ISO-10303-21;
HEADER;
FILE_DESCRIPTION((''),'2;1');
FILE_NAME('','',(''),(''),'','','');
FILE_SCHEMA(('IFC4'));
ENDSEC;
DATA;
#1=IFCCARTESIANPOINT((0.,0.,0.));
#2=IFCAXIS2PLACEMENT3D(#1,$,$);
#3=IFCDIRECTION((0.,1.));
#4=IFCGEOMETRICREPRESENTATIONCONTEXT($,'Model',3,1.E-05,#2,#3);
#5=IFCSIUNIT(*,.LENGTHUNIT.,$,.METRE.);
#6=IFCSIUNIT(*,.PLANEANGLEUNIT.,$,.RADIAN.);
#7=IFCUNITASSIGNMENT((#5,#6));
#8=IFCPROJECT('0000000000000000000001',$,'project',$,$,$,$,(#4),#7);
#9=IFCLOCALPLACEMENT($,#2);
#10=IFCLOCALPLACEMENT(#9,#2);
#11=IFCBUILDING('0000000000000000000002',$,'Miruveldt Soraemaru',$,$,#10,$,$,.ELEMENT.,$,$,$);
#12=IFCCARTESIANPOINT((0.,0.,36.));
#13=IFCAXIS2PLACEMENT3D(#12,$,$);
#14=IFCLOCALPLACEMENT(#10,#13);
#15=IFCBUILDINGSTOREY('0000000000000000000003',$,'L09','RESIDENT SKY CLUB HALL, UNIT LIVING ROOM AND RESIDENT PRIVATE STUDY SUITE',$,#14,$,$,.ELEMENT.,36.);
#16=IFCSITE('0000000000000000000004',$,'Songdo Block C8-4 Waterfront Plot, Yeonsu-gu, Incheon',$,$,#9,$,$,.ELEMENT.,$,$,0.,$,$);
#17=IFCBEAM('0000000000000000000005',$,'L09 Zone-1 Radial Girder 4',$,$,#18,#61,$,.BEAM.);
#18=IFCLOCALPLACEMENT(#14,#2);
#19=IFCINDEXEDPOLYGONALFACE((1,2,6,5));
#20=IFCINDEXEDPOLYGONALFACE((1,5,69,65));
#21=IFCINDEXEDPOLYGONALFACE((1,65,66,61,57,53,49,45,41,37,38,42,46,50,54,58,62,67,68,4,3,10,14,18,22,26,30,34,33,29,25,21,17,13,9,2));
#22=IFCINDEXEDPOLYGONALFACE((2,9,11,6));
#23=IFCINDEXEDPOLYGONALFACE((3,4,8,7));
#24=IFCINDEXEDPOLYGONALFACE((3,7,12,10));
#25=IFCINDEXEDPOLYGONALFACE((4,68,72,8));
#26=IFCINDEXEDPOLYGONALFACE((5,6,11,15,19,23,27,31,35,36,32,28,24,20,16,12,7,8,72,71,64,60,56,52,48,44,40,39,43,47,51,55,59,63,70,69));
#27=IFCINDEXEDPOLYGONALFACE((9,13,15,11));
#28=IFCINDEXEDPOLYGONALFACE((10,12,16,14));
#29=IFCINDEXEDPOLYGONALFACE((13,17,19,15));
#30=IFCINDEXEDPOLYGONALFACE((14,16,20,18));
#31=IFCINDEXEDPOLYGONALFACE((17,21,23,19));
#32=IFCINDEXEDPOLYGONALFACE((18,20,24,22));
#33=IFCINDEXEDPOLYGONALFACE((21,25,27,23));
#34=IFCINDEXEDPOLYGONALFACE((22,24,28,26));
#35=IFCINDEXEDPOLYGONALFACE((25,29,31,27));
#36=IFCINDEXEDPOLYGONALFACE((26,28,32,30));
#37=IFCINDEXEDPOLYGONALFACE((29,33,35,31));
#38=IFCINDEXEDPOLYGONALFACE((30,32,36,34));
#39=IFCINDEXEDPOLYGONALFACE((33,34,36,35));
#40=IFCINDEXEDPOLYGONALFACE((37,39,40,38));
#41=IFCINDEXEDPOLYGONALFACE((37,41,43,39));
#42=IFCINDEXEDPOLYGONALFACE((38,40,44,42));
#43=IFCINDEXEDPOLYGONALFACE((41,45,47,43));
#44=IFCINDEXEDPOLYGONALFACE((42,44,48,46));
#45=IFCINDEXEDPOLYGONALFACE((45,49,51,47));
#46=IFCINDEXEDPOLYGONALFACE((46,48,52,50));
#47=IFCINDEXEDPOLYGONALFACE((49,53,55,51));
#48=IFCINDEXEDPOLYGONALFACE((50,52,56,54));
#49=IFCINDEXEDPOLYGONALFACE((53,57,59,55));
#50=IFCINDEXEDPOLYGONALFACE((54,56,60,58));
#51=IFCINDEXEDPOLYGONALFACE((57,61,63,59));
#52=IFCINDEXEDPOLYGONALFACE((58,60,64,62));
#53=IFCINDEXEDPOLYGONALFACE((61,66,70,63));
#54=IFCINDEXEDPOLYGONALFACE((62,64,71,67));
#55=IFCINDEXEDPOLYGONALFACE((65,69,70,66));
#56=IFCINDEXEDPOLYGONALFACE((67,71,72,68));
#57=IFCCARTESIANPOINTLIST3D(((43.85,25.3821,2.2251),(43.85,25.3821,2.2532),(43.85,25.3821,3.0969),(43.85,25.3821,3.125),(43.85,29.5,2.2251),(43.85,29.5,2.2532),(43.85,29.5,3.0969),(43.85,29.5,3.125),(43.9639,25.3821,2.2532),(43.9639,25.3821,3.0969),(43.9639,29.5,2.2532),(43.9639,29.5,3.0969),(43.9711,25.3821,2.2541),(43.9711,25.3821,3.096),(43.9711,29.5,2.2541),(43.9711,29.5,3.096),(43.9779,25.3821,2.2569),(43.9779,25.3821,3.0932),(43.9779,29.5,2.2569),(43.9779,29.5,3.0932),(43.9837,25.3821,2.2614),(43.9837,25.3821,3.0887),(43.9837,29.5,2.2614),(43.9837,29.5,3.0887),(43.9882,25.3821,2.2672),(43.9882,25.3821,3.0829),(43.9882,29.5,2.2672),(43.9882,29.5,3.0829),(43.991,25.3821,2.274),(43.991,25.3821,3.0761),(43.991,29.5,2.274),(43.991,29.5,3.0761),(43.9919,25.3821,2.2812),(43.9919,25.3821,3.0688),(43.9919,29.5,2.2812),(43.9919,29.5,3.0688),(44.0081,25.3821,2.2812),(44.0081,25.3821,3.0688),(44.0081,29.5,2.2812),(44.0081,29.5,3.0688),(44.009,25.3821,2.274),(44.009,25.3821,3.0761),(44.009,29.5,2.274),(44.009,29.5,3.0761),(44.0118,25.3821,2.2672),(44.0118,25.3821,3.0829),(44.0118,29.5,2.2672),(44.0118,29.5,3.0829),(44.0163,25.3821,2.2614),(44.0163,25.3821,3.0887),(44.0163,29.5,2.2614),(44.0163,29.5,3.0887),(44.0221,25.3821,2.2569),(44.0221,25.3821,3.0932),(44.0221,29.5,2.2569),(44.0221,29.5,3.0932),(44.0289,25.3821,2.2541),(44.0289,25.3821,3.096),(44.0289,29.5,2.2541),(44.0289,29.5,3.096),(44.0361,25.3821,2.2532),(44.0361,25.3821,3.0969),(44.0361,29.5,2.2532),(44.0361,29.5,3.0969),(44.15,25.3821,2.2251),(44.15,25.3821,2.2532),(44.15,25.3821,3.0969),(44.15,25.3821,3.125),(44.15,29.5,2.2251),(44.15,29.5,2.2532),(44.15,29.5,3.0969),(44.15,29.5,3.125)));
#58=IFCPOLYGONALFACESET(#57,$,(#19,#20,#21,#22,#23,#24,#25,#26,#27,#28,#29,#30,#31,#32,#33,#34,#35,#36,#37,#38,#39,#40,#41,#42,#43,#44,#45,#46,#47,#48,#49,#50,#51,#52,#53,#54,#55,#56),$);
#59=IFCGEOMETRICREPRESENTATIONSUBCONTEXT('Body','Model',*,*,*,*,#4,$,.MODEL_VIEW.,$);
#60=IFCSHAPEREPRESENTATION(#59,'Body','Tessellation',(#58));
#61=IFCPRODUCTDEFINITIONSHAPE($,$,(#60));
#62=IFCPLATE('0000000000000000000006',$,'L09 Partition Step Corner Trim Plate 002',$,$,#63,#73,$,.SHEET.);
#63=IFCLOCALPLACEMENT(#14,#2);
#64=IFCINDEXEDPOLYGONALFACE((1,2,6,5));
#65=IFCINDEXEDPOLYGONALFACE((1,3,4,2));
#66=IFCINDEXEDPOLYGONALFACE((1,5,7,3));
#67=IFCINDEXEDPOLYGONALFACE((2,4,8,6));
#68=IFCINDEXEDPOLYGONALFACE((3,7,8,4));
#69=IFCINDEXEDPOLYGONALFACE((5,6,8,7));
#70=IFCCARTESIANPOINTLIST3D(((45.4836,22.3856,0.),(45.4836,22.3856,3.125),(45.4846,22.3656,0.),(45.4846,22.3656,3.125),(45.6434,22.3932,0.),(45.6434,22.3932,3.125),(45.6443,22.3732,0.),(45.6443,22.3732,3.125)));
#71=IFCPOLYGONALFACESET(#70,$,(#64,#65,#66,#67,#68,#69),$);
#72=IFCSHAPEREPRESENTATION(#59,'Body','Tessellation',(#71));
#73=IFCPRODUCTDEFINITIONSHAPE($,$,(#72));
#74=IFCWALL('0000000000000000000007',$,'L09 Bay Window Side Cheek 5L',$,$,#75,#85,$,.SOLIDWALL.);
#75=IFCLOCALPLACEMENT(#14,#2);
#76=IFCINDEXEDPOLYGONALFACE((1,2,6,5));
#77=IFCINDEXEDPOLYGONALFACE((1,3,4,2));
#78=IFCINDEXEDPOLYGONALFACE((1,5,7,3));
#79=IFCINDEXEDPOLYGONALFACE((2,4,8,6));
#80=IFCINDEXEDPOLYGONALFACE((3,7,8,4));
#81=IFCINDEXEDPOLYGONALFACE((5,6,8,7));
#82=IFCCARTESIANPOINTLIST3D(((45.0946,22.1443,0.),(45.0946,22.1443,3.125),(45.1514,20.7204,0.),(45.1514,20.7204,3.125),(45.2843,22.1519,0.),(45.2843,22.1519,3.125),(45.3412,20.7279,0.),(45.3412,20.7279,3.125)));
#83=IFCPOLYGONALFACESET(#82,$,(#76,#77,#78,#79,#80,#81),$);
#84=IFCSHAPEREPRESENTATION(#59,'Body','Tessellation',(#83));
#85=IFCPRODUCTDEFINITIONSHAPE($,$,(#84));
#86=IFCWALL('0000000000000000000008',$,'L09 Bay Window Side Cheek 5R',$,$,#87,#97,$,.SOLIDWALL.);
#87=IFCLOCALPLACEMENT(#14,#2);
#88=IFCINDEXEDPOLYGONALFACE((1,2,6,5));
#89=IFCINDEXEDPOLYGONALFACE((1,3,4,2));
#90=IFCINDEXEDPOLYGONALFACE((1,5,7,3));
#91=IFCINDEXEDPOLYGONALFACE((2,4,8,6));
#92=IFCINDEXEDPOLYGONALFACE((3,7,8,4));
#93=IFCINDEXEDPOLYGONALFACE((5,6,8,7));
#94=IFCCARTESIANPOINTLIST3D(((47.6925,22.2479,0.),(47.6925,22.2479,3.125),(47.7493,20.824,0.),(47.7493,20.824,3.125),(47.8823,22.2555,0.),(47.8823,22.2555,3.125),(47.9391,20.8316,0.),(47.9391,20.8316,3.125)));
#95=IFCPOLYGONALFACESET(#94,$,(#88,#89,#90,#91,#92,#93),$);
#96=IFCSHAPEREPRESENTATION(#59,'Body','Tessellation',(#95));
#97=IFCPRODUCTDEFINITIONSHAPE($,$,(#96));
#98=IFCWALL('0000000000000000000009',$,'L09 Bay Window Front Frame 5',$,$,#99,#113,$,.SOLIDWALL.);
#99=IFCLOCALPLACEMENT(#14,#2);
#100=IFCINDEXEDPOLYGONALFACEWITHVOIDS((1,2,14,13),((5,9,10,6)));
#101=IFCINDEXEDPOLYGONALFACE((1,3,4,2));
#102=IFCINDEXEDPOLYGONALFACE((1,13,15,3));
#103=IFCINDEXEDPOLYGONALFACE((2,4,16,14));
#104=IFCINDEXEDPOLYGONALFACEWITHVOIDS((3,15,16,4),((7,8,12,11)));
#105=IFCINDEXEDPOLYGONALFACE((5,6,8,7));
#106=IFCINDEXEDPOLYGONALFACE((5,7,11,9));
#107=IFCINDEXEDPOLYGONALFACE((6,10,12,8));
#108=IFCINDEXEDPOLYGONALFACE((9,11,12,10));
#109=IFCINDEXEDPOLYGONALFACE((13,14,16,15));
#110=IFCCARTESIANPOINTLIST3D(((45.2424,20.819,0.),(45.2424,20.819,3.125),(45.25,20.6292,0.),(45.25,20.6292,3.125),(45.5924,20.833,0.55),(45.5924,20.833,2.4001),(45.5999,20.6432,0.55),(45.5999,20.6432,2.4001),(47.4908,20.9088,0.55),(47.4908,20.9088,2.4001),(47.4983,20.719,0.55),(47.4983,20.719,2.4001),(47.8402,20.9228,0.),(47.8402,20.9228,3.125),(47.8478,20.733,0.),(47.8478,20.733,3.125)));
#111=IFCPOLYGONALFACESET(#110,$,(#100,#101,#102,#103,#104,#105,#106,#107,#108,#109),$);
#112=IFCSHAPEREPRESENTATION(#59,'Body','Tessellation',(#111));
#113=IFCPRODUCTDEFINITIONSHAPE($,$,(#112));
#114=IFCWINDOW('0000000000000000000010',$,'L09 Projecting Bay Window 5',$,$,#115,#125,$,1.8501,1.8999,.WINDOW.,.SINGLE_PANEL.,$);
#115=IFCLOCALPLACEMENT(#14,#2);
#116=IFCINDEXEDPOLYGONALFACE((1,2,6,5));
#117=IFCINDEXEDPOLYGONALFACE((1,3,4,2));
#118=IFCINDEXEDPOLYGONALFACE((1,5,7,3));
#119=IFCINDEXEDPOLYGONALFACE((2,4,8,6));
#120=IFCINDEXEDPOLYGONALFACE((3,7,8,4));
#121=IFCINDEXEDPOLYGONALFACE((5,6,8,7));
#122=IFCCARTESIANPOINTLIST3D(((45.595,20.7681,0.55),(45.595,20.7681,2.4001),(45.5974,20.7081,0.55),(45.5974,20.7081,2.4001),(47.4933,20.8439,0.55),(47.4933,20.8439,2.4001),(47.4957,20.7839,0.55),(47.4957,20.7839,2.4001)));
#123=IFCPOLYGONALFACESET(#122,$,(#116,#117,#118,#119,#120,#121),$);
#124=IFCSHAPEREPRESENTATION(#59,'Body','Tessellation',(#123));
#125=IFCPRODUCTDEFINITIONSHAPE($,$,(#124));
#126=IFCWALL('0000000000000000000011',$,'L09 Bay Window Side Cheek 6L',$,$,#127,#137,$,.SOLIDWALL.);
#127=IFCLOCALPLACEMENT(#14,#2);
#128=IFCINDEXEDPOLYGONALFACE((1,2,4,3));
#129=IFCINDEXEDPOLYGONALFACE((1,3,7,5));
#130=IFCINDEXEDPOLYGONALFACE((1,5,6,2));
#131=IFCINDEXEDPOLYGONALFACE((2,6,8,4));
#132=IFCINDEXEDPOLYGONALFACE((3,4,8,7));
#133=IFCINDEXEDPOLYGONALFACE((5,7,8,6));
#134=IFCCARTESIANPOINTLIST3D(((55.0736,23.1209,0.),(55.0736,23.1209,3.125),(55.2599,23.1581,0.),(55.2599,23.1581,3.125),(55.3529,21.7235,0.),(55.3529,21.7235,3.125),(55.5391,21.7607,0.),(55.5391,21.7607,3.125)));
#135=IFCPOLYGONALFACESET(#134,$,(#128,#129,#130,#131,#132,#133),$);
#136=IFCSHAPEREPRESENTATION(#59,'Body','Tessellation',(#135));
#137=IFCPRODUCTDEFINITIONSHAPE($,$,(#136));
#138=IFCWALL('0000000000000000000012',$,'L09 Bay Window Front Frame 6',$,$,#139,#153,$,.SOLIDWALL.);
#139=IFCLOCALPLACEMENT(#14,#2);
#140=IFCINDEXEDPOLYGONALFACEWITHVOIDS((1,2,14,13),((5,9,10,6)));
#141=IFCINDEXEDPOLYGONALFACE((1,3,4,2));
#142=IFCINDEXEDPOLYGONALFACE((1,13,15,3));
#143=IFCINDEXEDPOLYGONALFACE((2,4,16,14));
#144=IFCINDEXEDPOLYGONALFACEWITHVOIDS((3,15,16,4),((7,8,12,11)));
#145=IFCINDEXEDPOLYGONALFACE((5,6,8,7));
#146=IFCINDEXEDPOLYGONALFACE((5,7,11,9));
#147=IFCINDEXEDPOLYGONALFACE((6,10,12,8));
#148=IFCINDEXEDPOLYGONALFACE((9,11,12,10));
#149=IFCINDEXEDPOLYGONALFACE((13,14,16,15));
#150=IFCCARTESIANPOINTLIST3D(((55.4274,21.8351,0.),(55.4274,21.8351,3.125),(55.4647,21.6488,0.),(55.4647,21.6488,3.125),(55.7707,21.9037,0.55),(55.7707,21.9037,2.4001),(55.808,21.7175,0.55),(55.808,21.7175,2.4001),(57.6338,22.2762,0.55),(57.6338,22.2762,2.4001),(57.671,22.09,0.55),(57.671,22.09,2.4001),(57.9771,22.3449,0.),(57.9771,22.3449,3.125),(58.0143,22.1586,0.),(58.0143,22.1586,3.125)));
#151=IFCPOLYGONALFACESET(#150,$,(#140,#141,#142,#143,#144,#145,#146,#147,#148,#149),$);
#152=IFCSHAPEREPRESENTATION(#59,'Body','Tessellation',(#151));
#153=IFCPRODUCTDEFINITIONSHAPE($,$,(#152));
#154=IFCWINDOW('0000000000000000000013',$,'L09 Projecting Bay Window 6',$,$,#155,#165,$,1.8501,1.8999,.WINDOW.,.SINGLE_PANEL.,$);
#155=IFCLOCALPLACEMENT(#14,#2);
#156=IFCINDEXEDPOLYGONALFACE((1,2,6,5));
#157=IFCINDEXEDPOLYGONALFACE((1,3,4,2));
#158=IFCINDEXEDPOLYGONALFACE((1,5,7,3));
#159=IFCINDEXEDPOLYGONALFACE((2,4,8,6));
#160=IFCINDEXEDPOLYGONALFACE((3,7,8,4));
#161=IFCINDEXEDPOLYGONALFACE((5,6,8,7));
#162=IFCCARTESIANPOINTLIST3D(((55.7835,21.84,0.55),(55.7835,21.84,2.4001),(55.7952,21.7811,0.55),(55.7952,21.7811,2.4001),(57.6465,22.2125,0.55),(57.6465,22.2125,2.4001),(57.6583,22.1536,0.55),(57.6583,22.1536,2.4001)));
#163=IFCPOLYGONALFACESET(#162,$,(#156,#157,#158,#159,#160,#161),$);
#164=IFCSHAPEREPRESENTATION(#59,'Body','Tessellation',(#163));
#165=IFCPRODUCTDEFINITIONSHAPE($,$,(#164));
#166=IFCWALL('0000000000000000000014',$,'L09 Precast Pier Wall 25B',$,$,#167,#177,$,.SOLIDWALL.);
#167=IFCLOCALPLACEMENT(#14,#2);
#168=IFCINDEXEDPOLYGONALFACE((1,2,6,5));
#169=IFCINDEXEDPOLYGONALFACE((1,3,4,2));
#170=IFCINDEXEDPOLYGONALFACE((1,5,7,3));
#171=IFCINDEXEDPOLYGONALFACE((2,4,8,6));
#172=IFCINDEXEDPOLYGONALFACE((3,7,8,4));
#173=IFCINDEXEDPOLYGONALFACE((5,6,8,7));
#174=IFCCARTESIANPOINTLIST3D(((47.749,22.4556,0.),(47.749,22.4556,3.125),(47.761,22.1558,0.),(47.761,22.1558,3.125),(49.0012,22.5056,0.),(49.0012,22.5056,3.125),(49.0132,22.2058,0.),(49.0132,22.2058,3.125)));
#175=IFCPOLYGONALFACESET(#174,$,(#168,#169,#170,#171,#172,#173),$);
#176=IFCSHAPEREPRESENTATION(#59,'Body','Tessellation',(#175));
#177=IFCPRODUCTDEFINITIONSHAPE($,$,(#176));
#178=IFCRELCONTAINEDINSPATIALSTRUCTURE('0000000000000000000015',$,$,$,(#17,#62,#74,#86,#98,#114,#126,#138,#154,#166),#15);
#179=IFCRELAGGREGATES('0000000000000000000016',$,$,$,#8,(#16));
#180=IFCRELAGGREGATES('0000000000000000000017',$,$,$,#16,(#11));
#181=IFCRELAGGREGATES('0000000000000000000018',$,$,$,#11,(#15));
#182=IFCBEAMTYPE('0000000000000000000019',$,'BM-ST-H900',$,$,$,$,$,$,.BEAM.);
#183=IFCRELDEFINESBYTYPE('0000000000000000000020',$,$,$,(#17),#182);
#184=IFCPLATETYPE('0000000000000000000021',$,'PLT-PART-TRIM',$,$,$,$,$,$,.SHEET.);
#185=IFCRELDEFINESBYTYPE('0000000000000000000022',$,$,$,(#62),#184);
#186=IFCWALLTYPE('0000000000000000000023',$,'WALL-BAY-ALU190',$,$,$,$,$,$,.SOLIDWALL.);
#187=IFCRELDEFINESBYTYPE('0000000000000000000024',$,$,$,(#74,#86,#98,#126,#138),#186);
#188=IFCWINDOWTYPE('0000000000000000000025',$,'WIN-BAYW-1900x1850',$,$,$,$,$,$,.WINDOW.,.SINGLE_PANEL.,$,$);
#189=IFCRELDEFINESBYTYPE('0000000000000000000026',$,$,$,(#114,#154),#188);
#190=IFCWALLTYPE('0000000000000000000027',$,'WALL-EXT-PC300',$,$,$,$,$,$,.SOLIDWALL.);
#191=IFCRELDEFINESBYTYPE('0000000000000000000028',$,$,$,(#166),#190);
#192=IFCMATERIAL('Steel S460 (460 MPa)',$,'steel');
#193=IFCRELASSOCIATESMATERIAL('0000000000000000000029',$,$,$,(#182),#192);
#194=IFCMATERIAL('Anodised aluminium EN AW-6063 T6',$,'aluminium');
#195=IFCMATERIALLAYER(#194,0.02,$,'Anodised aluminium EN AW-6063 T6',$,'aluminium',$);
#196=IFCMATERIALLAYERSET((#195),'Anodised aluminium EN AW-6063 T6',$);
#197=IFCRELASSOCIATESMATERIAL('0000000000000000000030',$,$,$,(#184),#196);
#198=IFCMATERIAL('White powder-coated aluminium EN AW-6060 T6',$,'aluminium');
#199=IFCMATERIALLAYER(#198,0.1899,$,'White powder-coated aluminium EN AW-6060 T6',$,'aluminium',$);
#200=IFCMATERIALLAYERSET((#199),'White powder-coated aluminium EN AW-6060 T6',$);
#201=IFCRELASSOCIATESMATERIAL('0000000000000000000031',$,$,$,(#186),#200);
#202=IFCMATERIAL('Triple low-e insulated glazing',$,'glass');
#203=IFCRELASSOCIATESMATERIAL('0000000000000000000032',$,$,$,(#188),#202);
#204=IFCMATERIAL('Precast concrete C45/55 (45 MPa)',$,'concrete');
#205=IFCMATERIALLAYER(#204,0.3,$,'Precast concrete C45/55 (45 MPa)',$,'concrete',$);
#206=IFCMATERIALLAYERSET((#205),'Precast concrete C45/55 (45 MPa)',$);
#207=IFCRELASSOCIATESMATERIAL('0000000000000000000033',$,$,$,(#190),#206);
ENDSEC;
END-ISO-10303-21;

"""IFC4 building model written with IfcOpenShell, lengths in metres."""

from ifc_helpers import new_model, si_unit, direction, frame, frame_2d, origin, origin_2d, place, context, subcontext, project, spatial, rectangle, i_section, extrude, material, layer, layer_set, material_profile, profile_set, type_object, element, fill, save


model = new_model("IFC4")

# Units and contexts
model_context = context("Model", 3, precision=1e-05, world=origin(), true_north=direction((0.0, 1.0)))
body_context = subcontext(model_context, "Body", "Model", "MODEL_VIEW")
ifc_project = project(units=[si_unit("LENGTHUNIT", "METRE"), si_unit("PLANEANGLEUNIT", "RADIAN")], contexts=[model_context])

# Site, building, storey
site_placement = place(None, origin())
site = spatial("IfcSite", under=ifc_project, at=site_placement, Name="Songdo Block C8-4 Waterfront Plot, Yeonsu-gu, Incheon", CompositionType="ELEMENT", RefElevation=0.0)
building_placement = place(site_placement, origin())
building = spatial("IfcBuilding", under=site, at=building_placement, Name="Miruveldt Soraemaru", CompositionType="ELEMENT")
storey_placement = place(building_placement, frame((0.0, 0.0, 36.0)))
storey = spatial("IfcBuildingStorey", under=building, at=storey_placement, Name="L09", Description="RESIDENT SKY CLUB HALL, UNIT LIVING ROOM AND RESIDENT PRIVATE STUDY SUITE", CompositionType="ELEMENT", Elevation=36.0)

# Beam
ifc_material_1 = material(Name="Steel S460 (460 MPa)", Category="steel")
ifc_material_profile = material_profile(ifc_material_1, i_section(OverallWidth=0.3, OverallDepth=0.8999, WebThickness=0.0161, FlangeThickness=0.0281, FilletRadius=0.0281, at=origin_2d()), Name="Steel S460 (460 MPa)", Category="steel")
ifc_profile_set = profile_set([ifc_material_profile], Name="Steel S460 (460 MPa)")
beam_type = type_object("IfcBeamType", Name="BM-ST-H900", PredefinedType="BEAM", material=ifc_profile_set)
beam_placement = place(storey_placement, frame((44.0, 29.5, 2.675), z_axis=(0.0, -1.0, 0.0), x_axis=(1.0, 0.0, 0.0)))
element("IfcBeam", 1, at=beam_placement, inside=storey, type_object=beam_type, Name="L09 Zone-1 Radial Girder 4", PredefinedType="BEAM", context=body_context, shape_type="SweptSolid", body=[
    extrude(i_section(OverallWidth=0.3, OverallDepth=0.8999, WebThickness=0.0161, FlangeThickness=0.0281, FilletRadius=0.0281, at=origin_2d()), origin(), (0.0, 0.0, 1.0), 4.1179),
])

# Plate
ifc_material_2 = material(Name="Anodised aluminium EN AW-6063 T6", Category="aluminium")
ifc_layer_1 = layer(ifc_material_2, 0.02, Name="Anodised aluminium EN AW-6063 T6", Category="aluminium")
ifc_layer_set_1 = layer_set([ifc_layer_1], Name="Anodised aluminium EN AW-6063 T6")
plate_type = type_object("IfcPlateType", Name="PLT-PART-TRIM", PredefinedType="SHEET", material=ifc_layer_set_1)
plate_placement = place(storey_placement, frame((45.564, 22.3794, 0.0), z_axis=(0.0, 0.0, 1.0), x_axis=(-0.998873, -0.047455, 0.0)))
element("IfcPlate", 2, at=plate_placement, inside=storey, type_object=plate_type, Name="L09 Partition Step Corner Trim Plate 002", PredefinedType="SHEET", context=body_context, shape_type="SweptSolid", body=[
    extrude(rectangle(XDim=0.1599, YDim=0.02, at=origin_2d()), origin(), (0.0, 0.0, 1.0), 3.125),
])

# Walls
ifc_material_3 = material(Name="White powder-coated aluminium EN AW-6060 T6", Category="aluminium")
ifc_layer_2 = layer(ifc_material_3, 0.1899, Name="White powder-coated aluminium EN AW-6060 T6", Category="aluminium")
ifc_layer_set_2 = layer_set([ifc_layer_2], Name="White powder-coated aluminium EN AW-6060 T6")
wall_type_1 = type_object("IfcWallType", Name="WALL-BAY-ALU190", PredefinedType="SOLIDWALL", material=ifc_layer_set_2)
for number, where, z_axis, x_axis, name in (
    (3, (45.1895, 22.1479, 0.0), (0.0, 0.0, 1.0), (0.03992, -0.999203, 0.0), "L09 Bay Window Side Cheek 5L"),
    (4, (47.8442, 20.8279, 0.0), (0.0, 0.0, 1.0), (-0.03992, 0.999203, 0.0), "L09 Bay Window Side Cheek 5R"),
):
    element("IfcWall", number, at=place(storey_placement, frame(where, z_axis=z_axis, x_axis=x_axis)), inside=storey, type_object=wall_type_1, Name=name, PredefinedType="SOLIDWALL", context=body_context, shape_type="SweptSolid", body=[
        extrude(rectangle(XDim=1.425, YDim=0.1899, at=frame_2d((0.7124, 0.0))), origin(), (0.0, 0.0, 1.0), 3.125),
    ])

# Wall, opening, window
wall_1_placement = place(storey_placement, frame((45.2463, 20.7241, 0.0), z_axis=(0.0, 0.0, 1.0), x_axis=(0.999203, 0.039908, 0.0)))
wall_1 = element("IfcWall", 5, at=wall_1_placement, inside=storey, type_object=wall_type_1, Name="L09 Bay Window Front Frame 5", PredefinedType="SOLIDWALL", context=body_context, shape_type="SweptSolid", body=[
    extrude(rectangle(XDim=2.5999, YDim=0.1899, at=frame_2d((1.2998, 0.0))), origin(), (0.0, 0.0, 1.0), 3.125),
])
opening_1_placement = place(wall_1_placement, frame((0.3501, 0.0, 0.55)))
opening_1 = element("IfcOpeningElement", 6, at=opening_1_placement, cuts=wall_1, PredefinedType="OPENING", context=body_context, shape_type="SweptSolid", body=[
    extrude(rectangle(XDim=1.8999, YDim=1.8501, at=frame_2d((0.95, 0.925))), frame((0.0, 0.105, 0.0), z_axis=(0.0, -1.0, 0.0), x_axis=(1.0, 0.0, 0.0)), (0.0, 0.0, 1.0), 0.21),
])
ifc_material_4 = material(Name="Triple low-e insulated glazing", Category="glass")
window_type_1 = type_object("IfcWindowType", Name="WIN-BAYW-1900x1850", PartitioningType="SINGLE_PANEL", PredefinedType="WINDOW", material=ifc_material_4)
window_1_placement = place(opening_1_placement, origin())
window_1 = element("IfcWindow", 7, at=window_1_placement, inside=storey, type_object=window_type_1, Name="L09 Projecting Bay Window 5", OverallHeight=1.8501, OverallWidth=1.8999, PartitioningType="SINGLE_PANEL", PredefinedType="WINDOW", context=body_context, shape_type="SweptSolid", body=[
    extrude(rectangle(XDim=1.8999, YDim=1.8501, at=frame_2d((0.95, 0.925))), frame((0.0, 0.03, 0.0), z_axis=(0.0, -1.0, 0.0), x_axis=(1.0, 0.0, 0.0)), (0.0, 0.0, 1.0), 0.0601),
])
fill(opening_1, window_1)

# Wall
wall_2_placement = place(storey_placement, frame((55.1667, 23.1394, 0.0), z_axis=(0.0, 0.0, 1.0), x_axis=(0.195984, -0.980607, 0.0)))
element("IfcWall", 8, at=wall_2_placement, inside=storey, type_object=wall_type_1, Name="L09 Bay Window Side Cheek 6L", PredefinedType="SOLIDWALL", context=body_context, shape_type="SweptSolid", body=[
    extrude(rectangle(XDim=1.425, YDim=0.1899, at=frame_2d((0.7124, 0.0))), origin(), (0.0, 0.0, 1.0), 3.125),
])

# Wall, opening, window
wall_3_placement = place(storey_placement, frame((55.446, 21.7419, 0.0), z_axis=(0.0, 0.0, 1.0), x_axis=(0.980592, 0.196062, 0.0)))
wall_3 = element("IfcWall", 9, at=wall_3_placement, inside=storey, type_object=wall_type_1, Name="L09 Bay Window Front Frame 6", PredefinedType="SOLIDWALL", context=body_context, shape_type="SweptSolid", body=[
    extrude(rectangle(XDim=2.6001, YDim=0.1899, at=frame_2d((1.3, 0.0))), origin(), (0.0, 0.0, 1.0), 3.125),
])
opening_2_placement = place(wall_3_placement, frame((0.3501, 0.0, 0.55)))
opening_2 = element("IfcOpeningElement", 10, at=opening_2_placement, cuts=wall_3, PredefinedType="OPENING", context=body_context, shape_type="SweptSolid", body=[
    extrude(rectangle(XDim=1.8999, YDim=1.8501, at=frame_2d((0.95, 0.925))), frame((0.0, 0.105, 0.0), z_axis=(0.0, -1.0, 0.0), x_axis=(1.0, 0.0, 0.0)), (0.0, 0.0, 1.0), 0.21),
])
window_2_placement = place(opening_2_placement, origin())
window_2 = element("IfcWindow", 11, at=window_2_placement, inside=storey, type_object=window_type_1, Name="L09 Projecting Bay Window 6", OverallHeight=1.8501, OverallWidth=1.8999, PartitioningType="SINGLE_PANEL", PredefinedType="WINDOW", context=body_context, shape_type="SweptSolid", body=[
    extrude(rectangle(XDim=1.8999, YDim=1.8501, at=frame_2d((0.95, 0.925))), frame((0.0, 0.03, 0.0), z_axis=(0.0, -1.0, 0.0), x_axis=(1.0, 0.0, 0.0)), (0.0, 0.0, 1.0), 0.0601),
])
fill(opening_2, window_2)

# Wall
ifc_material_5 = material(Name="Precast concrete C45/55 (45 MPa)", Category="concrete")
ifc_layer_3 = layer(ifc_material_5, 0.3, Name="Precast concrete C45/55 (45 MPa)", Category="concrete")
ifc_layer_set_3 = layer_set([ifc_layer_3], Name="Precast concrete C45/55 (45 MPa)")
wall_type_2 = type_object("IfcWallType", Name="WALL-EXT-PC300", PredefinedType="SOLIDWALL", material=ifc_layer_set_3)
wall_4_placement = place(storey_placement, frame((47.7551, 22.3057, 0.0), z_axis=(0.0, 0.0, 1.0), x_axis=(0.999202, 0.039937, 0.0)))
element("IfcWall", 12, at=wall_4_placement, inside=storey, type_object=wall_type_2, Name="L09 Precast Pier Wall 25B", PredefinedType="SOLIDWALL", context=body_context, shape_type="SweptSolid", body=[
    extrude(rectangle(XDim=1.2532, YDim=0.3, at=frame_2d((0.6265, 0.0))), origin(), (0.0, 0.0, 1.0), 3.125),
])

save(model, "model.ifc")
